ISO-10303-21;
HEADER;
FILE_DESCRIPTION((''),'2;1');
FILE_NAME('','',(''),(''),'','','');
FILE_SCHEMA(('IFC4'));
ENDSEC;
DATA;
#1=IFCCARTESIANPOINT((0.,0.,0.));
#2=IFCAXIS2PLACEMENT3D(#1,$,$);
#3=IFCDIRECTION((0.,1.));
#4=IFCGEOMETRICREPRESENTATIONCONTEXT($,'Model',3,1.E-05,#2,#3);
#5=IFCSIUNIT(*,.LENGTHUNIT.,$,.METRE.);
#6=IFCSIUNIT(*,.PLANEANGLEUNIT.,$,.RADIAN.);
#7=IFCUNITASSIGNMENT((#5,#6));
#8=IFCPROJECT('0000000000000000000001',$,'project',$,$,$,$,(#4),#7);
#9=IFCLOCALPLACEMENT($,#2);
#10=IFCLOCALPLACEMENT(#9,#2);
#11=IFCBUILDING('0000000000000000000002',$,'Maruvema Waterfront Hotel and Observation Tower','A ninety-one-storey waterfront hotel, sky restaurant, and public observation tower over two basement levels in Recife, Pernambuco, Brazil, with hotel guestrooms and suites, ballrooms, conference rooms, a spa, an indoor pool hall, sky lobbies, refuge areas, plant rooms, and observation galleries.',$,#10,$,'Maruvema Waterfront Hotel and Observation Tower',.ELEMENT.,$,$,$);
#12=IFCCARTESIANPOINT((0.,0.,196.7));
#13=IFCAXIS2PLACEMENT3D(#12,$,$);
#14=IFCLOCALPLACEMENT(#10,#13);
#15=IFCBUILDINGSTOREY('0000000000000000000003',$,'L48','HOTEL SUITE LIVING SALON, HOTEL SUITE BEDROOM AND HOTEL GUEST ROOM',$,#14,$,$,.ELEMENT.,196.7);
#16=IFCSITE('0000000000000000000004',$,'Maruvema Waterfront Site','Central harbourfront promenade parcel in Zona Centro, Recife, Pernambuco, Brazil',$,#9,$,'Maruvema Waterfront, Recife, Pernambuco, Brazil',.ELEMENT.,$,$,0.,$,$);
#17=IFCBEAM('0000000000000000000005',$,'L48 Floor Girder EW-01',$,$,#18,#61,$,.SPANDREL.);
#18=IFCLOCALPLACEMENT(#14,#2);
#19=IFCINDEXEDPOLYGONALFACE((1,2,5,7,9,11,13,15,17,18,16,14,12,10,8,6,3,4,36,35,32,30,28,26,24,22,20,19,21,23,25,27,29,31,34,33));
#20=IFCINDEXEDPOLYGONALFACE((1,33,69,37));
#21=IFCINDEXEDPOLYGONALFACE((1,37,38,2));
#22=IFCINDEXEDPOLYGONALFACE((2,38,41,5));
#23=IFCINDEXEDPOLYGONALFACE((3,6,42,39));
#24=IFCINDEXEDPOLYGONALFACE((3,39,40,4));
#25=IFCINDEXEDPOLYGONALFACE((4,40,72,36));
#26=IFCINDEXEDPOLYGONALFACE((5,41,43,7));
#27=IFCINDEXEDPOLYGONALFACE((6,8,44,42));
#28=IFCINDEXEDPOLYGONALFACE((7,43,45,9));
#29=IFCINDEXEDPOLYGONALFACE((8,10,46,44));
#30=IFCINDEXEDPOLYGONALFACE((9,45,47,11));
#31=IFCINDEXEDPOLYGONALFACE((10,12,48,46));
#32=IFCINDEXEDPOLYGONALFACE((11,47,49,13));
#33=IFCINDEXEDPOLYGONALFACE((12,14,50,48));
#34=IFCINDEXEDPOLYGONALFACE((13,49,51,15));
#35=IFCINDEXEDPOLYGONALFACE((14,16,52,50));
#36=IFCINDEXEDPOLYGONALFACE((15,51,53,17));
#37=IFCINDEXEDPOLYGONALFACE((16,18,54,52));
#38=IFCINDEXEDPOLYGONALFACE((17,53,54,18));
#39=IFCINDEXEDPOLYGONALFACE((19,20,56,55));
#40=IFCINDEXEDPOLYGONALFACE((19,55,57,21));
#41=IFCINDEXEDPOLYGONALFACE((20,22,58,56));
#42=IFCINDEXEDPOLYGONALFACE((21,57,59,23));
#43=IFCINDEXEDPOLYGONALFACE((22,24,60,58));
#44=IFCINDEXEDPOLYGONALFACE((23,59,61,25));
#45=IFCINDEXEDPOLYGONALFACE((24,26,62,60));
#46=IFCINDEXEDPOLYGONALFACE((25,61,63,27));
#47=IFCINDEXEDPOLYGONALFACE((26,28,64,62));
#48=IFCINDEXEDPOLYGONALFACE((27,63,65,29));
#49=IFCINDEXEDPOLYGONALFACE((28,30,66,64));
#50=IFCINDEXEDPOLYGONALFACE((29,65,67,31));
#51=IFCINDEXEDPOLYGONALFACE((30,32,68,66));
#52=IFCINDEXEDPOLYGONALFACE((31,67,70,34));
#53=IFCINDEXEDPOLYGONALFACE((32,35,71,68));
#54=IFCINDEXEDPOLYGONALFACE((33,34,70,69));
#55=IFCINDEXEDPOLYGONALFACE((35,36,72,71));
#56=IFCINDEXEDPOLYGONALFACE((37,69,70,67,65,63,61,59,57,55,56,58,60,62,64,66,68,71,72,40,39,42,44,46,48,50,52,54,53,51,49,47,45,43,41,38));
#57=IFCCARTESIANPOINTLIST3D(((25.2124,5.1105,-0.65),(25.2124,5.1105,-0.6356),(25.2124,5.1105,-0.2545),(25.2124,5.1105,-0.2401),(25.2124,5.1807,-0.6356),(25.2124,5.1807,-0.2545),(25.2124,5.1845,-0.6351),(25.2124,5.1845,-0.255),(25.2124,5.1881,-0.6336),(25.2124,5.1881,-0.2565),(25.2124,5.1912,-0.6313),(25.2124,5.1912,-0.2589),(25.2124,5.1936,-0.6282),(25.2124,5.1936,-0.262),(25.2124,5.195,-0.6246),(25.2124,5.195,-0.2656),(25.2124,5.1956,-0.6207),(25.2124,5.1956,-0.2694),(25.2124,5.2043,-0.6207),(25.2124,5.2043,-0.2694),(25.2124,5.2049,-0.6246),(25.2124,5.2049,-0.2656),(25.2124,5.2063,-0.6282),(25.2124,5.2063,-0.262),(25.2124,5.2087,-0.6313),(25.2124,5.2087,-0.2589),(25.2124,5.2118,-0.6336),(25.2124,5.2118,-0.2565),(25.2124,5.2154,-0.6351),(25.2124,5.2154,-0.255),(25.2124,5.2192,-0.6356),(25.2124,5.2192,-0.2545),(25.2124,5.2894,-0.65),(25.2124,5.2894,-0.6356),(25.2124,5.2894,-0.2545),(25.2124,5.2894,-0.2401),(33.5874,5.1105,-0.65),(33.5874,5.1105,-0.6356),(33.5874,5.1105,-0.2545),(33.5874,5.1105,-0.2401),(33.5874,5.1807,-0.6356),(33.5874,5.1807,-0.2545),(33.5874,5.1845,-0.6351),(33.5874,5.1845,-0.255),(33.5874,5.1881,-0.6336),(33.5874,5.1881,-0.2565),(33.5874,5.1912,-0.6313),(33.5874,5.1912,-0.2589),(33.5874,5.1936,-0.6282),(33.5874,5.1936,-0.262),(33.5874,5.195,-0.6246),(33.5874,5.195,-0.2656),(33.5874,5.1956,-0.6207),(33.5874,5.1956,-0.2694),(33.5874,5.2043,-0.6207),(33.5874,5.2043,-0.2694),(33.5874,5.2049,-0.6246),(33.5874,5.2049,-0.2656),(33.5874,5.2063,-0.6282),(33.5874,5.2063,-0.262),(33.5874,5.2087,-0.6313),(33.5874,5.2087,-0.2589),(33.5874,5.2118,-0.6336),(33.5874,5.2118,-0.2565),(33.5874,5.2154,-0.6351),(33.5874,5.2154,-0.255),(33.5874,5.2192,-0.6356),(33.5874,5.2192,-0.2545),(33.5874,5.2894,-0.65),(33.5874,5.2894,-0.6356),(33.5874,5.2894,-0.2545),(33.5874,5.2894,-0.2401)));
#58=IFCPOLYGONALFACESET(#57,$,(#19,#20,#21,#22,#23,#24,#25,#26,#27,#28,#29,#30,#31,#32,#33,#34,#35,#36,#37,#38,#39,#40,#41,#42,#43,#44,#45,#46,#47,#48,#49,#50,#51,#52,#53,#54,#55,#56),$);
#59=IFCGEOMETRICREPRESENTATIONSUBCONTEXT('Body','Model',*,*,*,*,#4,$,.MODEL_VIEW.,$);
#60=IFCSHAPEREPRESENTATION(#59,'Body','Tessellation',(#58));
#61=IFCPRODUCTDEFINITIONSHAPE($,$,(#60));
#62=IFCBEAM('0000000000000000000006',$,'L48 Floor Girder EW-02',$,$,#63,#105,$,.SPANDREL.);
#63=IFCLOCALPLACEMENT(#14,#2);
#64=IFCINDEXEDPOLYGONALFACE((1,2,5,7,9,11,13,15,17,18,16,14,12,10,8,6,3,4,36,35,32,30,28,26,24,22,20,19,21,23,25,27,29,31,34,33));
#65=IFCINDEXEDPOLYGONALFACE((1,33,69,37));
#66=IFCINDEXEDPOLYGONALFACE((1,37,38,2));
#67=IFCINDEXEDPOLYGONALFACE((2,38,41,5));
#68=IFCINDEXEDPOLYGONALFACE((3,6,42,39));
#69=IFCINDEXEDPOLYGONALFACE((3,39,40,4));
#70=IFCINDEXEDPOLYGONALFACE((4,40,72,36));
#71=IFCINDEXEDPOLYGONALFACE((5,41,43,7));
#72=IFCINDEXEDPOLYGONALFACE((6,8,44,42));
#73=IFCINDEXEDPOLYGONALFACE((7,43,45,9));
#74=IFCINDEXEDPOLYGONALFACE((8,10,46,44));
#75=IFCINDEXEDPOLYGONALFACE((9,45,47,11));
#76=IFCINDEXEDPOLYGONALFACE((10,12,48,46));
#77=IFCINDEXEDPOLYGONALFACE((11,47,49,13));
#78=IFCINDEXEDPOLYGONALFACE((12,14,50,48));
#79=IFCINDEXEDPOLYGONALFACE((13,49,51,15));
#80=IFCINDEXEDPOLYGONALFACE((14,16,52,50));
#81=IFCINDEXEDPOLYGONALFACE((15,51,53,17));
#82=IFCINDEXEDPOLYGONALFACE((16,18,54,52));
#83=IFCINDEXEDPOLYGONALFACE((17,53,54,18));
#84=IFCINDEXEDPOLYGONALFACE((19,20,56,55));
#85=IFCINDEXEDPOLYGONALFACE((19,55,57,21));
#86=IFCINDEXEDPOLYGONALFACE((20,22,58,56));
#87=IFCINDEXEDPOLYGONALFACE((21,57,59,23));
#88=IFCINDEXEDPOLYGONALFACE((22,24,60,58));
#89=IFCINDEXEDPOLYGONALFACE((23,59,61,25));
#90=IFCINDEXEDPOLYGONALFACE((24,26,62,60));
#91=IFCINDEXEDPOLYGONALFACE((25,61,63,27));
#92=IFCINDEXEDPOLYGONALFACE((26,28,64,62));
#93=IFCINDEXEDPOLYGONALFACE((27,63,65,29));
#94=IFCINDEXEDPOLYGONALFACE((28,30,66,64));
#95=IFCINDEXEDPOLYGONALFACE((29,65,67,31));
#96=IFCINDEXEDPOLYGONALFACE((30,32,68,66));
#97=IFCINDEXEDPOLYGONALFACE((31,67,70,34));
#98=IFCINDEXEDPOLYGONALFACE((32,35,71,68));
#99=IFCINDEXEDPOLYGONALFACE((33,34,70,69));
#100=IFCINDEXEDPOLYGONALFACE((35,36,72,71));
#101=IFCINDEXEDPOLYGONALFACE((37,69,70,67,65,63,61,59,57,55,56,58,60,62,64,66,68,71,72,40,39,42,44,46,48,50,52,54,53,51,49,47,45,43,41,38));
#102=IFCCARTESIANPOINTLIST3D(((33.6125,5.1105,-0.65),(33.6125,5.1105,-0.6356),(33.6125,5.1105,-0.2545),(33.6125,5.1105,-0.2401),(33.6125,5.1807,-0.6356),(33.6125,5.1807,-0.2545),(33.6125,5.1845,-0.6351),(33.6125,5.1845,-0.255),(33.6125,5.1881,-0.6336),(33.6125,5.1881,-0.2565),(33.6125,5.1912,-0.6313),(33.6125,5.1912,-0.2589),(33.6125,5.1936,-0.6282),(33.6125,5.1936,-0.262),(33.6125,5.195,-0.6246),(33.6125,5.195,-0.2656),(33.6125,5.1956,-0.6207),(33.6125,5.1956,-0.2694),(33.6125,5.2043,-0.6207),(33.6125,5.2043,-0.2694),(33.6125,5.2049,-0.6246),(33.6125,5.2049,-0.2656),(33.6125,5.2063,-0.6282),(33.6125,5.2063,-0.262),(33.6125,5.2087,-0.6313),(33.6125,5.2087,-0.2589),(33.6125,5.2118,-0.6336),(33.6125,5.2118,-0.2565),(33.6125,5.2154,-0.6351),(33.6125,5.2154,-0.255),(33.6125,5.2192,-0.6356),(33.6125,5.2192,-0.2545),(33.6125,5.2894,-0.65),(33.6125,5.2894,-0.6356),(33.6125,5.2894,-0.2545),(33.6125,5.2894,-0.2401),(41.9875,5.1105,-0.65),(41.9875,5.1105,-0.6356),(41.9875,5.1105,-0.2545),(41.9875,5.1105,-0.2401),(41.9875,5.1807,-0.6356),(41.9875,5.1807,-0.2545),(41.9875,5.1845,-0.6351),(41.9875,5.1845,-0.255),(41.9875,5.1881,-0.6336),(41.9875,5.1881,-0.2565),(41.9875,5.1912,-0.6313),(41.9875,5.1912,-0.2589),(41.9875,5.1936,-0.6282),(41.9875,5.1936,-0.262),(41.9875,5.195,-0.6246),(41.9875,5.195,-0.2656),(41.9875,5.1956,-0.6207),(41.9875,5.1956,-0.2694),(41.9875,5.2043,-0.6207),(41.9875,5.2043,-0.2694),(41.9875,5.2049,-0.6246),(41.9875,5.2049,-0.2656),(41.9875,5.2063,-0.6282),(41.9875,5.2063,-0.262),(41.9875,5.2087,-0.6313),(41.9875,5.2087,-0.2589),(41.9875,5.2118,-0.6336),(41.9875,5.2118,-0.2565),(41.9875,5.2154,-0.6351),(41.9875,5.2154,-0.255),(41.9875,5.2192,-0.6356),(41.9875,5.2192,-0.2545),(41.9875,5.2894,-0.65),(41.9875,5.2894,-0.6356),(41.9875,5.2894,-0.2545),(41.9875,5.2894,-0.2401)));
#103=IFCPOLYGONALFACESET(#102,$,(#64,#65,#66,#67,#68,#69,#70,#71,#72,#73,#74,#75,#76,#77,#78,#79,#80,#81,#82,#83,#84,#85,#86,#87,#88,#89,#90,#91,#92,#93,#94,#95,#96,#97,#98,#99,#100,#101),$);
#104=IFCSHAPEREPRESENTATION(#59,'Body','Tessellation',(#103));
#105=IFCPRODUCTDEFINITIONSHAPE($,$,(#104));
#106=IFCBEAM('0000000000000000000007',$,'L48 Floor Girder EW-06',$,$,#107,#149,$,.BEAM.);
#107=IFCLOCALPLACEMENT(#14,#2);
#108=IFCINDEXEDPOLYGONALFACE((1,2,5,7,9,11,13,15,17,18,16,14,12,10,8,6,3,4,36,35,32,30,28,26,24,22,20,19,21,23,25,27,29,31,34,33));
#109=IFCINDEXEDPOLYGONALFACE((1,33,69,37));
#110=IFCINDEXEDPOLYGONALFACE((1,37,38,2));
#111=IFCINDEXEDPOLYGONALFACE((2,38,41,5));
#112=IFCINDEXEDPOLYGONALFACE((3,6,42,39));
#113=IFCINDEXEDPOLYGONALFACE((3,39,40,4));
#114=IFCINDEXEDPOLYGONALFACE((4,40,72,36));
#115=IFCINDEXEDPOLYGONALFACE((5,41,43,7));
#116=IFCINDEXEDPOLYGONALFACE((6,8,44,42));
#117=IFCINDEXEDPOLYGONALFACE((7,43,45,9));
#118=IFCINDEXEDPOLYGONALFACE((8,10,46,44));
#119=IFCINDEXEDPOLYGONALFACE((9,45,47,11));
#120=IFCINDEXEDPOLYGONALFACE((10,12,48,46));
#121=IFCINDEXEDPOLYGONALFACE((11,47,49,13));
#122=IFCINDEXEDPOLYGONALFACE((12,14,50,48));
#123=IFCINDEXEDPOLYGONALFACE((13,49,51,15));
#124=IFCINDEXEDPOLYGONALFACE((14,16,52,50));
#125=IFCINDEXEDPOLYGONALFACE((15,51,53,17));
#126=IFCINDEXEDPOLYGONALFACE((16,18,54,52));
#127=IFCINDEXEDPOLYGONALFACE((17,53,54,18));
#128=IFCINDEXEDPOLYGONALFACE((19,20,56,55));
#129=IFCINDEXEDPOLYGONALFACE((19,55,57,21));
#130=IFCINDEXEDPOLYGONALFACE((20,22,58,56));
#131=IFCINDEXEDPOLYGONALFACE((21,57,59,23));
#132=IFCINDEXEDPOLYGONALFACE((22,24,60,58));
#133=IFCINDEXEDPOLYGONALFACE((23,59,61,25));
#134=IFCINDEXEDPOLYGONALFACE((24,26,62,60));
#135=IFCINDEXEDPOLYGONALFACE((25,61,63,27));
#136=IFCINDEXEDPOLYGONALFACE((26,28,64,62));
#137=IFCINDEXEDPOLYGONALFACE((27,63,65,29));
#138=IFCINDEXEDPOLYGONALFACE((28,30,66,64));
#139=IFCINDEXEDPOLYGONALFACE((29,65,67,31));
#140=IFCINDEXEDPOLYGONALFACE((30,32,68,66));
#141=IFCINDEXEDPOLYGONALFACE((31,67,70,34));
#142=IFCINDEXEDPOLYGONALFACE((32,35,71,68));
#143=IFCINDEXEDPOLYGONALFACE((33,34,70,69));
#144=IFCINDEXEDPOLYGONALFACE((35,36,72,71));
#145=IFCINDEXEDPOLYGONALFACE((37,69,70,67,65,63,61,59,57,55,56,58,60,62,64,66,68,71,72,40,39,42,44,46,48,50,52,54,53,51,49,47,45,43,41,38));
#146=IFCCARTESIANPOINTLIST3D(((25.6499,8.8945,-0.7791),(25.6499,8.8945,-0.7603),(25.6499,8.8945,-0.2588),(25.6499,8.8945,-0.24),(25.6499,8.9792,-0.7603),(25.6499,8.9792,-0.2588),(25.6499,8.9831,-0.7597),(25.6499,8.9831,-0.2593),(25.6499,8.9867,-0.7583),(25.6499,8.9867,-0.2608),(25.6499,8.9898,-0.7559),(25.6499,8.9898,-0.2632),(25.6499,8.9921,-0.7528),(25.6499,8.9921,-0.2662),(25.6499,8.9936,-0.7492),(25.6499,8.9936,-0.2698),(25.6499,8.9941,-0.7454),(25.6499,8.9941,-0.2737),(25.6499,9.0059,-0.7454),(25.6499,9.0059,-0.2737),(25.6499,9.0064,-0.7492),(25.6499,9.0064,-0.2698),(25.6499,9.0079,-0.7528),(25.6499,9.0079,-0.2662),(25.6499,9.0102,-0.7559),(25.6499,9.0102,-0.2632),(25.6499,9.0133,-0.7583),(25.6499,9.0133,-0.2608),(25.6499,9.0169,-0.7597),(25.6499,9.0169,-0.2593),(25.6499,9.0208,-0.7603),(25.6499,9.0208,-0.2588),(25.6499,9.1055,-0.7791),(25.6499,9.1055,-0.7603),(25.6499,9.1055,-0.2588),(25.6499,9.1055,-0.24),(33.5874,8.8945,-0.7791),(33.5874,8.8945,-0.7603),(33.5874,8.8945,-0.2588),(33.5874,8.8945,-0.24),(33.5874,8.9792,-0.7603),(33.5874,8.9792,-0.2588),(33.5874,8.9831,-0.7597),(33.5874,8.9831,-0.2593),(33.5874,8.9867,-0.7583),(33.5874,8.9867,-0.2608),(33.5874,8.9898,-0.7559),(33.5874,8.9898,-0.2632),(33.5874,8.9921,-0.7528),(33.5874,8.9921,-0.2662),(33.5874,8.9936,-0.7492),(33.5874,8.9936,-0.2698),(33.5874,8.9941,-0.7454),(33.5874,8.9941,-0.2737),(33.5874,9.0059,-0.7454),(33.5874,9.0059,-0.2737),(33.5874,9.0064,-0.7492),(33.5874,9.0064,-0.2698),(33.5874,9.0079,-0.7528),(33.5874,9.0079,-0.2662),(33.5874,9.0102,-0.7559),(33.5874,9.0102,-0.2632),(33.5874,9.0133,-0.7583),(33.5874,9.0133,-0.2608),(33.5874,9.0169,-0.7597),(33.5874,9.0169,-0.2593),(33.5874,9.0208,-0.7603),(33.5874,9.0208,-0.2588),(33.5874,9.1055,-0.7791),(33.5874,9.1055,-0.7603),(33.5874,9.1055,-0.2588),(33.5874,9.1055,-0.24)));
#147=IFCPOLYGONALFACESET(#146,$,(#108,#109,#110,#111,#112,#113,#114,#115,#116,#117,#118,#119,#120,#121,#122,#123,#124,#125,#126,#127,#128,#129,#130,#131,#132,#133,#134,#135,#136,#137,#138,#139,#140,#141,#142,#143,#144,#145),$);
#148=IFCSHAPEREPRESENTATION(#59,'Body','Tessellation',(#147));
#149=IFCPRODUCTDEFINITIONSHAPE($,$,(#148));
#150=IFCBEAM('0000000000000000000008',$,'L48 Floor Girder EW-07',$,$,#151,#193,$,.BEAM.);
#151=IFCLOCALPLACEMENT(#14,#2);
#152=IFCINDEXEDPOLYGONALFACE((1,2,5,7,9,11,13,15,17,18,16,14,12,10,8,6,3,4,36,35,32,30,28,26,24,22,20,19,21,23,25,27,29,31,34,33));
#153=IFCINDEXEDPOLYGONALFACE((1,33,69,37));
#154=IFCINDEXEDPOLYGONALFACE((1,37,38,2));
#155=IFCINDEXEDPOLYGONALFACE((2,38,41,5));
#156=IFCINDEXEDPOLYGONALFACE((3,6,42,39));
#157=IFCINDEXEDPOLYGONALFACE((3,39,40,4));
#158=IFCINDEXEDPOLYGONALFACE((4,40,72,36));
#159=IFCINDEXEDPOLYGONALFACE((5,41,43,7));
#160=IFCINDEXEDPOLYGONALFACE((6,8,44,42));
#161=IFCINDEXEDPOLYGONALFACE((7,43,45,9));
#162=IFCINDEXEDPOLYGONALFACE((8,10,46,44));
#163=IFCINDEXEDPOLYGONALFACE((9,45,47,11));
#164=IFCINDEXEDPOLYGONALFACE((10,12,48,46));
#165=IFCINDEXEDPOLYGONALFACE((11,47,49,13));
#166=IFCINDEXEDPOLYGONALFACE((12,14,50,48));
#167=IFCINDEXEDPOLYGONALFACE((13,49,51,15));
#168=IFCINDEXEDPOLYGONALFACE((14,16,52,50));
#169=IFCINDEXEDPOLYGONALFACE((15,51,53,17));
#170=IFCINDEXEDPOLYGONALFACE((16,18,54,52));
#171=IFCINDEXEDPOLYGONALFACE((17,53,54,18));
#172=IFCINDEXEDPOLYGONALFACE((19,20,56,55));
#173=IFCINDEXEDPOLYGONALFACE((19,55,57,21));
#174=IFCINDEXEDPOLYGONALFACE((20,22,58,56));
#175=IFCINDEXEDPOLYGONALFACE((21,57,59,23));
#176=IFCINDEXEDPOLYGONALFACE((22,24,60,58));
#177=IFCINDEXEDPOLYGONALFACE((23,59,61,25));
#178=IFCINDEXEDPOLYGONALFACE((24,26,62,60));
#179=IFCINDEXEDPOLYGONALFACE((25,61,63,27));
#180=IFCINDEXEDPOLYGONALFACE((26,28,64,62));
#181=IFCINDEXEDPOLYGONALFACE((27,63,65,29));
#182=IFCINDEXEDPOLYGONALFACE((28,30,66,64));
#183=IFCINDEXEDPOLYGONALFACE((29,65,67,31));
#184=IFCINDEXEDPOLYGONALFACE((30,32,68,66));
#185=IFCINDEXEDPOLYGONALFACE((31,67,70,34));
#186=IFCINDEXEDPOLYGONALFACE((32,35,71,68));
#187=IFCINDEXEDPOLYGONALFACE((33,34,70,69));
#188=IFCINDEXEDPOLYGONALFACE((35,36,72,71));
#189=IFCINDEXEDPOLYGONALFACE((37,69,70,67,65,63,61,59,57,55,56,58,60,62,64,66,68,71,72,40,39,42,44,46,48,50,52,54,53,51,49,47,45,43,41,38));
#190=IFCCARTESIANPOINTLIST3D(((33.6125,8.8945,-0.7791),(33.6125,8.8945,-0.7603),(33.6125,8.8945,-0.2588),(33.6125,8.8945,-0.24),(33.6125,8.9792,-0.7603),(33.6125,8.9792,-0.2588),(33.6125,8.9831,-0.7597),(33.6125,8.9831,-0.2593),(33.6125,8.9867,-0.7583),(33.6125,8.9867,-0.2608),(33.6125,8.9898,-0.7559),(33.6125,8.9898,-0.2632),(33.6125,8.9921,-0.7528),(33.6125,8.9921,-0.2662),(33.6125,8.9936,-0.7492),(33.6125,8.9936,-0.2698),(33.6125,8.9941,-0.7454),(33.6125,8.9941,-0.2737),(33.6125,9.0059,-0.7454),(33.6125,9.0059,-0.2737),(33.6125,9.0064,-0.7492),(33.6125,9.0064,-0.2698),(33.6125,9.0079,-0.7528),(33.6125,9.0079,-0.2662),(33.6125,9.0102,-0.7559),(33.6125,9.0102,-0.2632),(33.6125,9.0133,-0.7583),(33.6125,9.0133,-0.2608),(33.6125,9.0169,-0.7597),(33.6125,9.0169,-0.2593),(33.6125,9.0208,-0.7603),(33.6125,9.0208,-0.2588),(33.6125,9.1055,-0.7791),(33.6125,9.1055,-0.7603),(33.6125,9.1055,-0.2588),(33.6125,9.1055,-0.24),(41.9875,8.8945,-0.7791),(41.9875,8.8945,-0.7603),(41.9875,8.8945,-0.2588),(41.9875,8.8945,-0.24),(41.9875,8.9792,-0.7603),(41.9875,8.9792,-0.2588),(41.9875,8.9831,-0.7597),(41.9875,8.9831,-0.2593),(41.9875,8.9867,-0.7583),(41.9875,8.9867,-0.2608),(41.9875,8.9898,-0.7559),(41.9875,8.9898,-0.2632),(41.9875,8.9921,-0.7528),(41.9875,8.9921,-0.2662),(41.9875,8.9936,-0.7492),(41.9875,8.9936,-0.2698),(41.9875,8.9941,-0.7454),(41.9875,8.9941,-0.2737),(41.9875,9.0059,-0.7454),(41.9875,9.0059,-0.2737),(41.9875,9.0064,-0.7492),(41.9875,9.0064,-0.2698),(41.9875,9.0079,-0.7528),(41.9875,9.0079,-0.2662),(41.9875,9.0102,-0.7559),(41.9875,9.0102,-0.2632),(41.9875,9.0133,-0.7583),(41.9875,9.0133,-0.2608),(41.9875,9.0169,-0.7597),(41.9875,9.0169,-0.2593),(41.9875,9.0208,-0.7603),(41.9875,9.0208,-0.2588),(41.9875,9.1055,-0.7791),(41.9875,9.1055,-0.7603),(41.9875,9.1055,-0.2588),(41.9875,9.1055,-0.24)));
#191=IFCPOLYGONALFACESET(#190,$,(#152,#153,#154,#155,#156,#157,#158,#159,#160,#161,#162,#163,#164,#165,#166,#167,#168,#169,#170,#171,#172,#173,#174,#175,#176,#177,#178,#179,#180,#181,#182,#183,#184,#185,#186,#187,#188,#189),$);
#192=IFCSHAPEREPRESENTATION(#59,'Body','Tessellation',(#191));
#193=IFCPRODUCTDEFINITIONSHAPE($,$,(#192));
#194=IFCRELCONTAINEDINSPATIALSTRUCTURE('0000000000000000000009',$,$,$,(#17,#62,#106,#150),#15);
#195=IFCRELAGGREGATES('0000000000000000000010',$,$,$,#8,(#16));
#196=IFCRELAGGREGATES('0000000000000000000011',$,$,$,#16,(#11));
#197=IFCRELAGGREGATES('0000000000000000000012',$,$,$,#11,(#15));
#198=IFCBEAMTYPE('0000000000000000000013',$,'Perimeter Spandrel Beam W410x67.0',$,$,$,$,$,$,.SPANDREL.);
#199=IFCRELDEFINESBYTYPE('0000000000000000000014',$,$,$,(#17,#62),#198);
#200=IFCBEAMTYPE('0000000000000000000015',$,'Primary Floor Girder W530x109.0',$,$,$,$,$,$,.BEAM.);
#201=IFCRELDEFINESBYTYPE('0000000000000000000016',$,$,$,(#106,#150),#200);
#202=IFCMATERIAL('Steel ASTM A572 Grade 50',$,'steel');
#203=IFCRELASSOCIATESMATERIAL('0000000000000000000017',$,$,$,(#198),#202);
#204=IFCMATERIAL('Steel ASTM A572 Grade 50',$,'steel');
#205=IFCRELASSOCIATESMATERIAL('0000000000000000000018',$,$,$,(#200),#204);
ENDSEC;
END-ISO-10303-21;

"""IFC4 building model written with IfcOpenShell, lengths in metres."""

from ifc_helpers import new_model, si_unit, direction, frame, origin, origin_2d, place, context, subcontext, project, spatial, i_section, extrude, material, material_profile, profile_set, type_object, element, save


model = new_model("IFC4")

# Units and contexts
model_context = context("Model", 3, precision=1e-05, world=origin(), true_north=direction((0.0, 1.0)))
body_context = subcontext(model_context, "Body", "Model", "MODEL_VIEW")
ifc_project = project(units=[si_unit("LENGTHUNIT", "METRE"), si_unit("PLANEANGLEUNIT", "RADIAN")], contexts=[model_context])

# Site, building, storey
site_placement = place(None, origin())
site = spatial("IfcSite", under=ifc_project, at=site_placement, Name="Maruvema Waterfront Site", Description="Central harbourfront promenade parcel in Zona Centro, Recife, Pernambuco, Brazil", LongName="Maruvema Waterfront, Recife, Pernambuco, Brazil", CompositionType="ELEMENT", RefElevation=0.0)
building_placement = place(site_placement, origin())
building = spatial("IfcBuilding", under=site, at=building_placement, Name="Maruvema Waterfront Hotel and Observation Tower", Description="A ninety-one-storey waterfront hotel, sky restaurant, and public observation tower over two basement levels in Recife, Pernambuco, Brazil, with hotel guestrooms and suites, ballrooms, conference rooms, a spa, an indoor pool hall, sky lobbies, refuge areas, plant rooms, and observation galleries.", LongName="Maruvema Waterfront Hotel and Observation Tower", CompositionType="ELEMENT")
storey_placement = place(building_placement, frame((0.0, 0.0, 196.7)))
storey = spatial("IfcBuildingStorey", under=building, at=storey_placement, Name="L48", Description="HOTEL SUITE LIVING SALON, HOTEL SUITE BEDROOM AND HOTEL GUEST ROOM", CompositionType="ELEMENT", Elevation=196.7)

# Beams
ifc_material_1 = material(Name="Steel ASTM A572 Grade 50", Category="steel")
ifc_material_profile_1 = material_profile(ifc_material_1, i_section(OverallWidth=0.179, OverallDepth=0.4099, WebThickness=0.0088, FlangeThickness=0.0144, FilletRadius=0.0149, at=origin_2d()), Name="W410x67.0")
ifc_profile_set_1 = profile_set([ifc_material_profile_1], Name="Steel ASTM A572 Grade 50")
beam_type_1 = type_object("IfcBeamType", Name="Perimeter Spandrel Beam W410x67.0", PredefinedType="SPANDREL", material=ifc_profile_set_1)
for number, where, z_axis, x_axis, name in (
    (1, (25.2124, 5.2, -0.4451), (1.0, 0.0, 0.0), (0.0, 1.0, 0.0), "L48 Floor Girder EW-01"),
    (2, (33.6125, 5.2, -0.4451), (1.0, 0.0, 0.0), (0.0, 1.0, 0.0), "L48 Floor Girder EW-02"),
):
    element("IfcBeam", number, at=place(storey_placement, frame(where, z_axis=z_axis, x_axis=x_axis)), inside=storey, type_object=beam_type_1, Name=name, PredefinedType="SPANDREL", context=body_context, shape_type="SweptSolid", body=[
        extrude(i_section(OverallWidth=0.179, OverallDepth=0.4099, WebThickness=0.0088, FlangeThickness=0.0144, FilletRadius=0.0149, at=origin_2d()), origin(), (0.0, 0.0, 1.0), 8.375),
    ])
ifc_material_2 = material(Name="Steel ASTM A572 Grade 50", Category="steel")
ifc_material_profile_2 = material_profile(ifc_material_2, i_section(OverallWidth=0.2109, OverallDepth=0.5391, WebThickness=0.0117, FlangeThickness=0.0188, FilletRadius=0.0149, at=origin_2d()), Name="W530x109.0")
ifc_profile_set_2 = profile_set([ifc_material_profile_2], Name="Steel ASTM A572 Grade 50")
beam_type_2 = type_object("IfcBeamType", Name="Primary Floor Girder W530x109.0", PredefinedType="BEAM", material=ifc_profile_set_2)
beam_1_placement = place(storey_placement, frame((25.6499, 9.0, -0.5095), z_axis=(1.0, 0.0, 0.0), x_axis=(0.0, 1.0, 0.0)))
element("IfcBeam", 3, at=beam_1_placement, inside=storey, type_object=beam_type_2, Name="L48 Floor Girder EW-06", PredefinedType="BEAM", context=body_context, shape_type="SweptSolid", body=[
    extrude(i_section(OverallWidth=0.2109, OverallDepth=0.5391, WebThickness=0.0117, FlangeThickness=0.0188, FilletRadius=0.0149, at=origin_2d()), origin(), (0.0, 0.0, 1.0), 7.9375),
])
beam_2_placement = place(storey_placement, frame((33.6125, 9.0, -0.5095), z_axis=(1.0, 0.0, 0.0), x_axis=(0.0, 1.0, 0.0)))
element("IfcBeam", 4, at=beam_2_placement, inside=storey, type_object=beam_type_2, Name="L48 Floor Girder EW-07", PredefinedType="BEAM", context=body_context, shape_type="SweptSolid", body=[
    extrude(i_section(OverallWidth=0.2109, OverallDepth=0.5391, WebThickness=0.0117, FlangeThickness=0.0188, FilletRadius=0.0149, at=origin_2d()), origin(), (0.0, 0.0, 1.0), 8.375),
])

save(model, "model.ifc")
